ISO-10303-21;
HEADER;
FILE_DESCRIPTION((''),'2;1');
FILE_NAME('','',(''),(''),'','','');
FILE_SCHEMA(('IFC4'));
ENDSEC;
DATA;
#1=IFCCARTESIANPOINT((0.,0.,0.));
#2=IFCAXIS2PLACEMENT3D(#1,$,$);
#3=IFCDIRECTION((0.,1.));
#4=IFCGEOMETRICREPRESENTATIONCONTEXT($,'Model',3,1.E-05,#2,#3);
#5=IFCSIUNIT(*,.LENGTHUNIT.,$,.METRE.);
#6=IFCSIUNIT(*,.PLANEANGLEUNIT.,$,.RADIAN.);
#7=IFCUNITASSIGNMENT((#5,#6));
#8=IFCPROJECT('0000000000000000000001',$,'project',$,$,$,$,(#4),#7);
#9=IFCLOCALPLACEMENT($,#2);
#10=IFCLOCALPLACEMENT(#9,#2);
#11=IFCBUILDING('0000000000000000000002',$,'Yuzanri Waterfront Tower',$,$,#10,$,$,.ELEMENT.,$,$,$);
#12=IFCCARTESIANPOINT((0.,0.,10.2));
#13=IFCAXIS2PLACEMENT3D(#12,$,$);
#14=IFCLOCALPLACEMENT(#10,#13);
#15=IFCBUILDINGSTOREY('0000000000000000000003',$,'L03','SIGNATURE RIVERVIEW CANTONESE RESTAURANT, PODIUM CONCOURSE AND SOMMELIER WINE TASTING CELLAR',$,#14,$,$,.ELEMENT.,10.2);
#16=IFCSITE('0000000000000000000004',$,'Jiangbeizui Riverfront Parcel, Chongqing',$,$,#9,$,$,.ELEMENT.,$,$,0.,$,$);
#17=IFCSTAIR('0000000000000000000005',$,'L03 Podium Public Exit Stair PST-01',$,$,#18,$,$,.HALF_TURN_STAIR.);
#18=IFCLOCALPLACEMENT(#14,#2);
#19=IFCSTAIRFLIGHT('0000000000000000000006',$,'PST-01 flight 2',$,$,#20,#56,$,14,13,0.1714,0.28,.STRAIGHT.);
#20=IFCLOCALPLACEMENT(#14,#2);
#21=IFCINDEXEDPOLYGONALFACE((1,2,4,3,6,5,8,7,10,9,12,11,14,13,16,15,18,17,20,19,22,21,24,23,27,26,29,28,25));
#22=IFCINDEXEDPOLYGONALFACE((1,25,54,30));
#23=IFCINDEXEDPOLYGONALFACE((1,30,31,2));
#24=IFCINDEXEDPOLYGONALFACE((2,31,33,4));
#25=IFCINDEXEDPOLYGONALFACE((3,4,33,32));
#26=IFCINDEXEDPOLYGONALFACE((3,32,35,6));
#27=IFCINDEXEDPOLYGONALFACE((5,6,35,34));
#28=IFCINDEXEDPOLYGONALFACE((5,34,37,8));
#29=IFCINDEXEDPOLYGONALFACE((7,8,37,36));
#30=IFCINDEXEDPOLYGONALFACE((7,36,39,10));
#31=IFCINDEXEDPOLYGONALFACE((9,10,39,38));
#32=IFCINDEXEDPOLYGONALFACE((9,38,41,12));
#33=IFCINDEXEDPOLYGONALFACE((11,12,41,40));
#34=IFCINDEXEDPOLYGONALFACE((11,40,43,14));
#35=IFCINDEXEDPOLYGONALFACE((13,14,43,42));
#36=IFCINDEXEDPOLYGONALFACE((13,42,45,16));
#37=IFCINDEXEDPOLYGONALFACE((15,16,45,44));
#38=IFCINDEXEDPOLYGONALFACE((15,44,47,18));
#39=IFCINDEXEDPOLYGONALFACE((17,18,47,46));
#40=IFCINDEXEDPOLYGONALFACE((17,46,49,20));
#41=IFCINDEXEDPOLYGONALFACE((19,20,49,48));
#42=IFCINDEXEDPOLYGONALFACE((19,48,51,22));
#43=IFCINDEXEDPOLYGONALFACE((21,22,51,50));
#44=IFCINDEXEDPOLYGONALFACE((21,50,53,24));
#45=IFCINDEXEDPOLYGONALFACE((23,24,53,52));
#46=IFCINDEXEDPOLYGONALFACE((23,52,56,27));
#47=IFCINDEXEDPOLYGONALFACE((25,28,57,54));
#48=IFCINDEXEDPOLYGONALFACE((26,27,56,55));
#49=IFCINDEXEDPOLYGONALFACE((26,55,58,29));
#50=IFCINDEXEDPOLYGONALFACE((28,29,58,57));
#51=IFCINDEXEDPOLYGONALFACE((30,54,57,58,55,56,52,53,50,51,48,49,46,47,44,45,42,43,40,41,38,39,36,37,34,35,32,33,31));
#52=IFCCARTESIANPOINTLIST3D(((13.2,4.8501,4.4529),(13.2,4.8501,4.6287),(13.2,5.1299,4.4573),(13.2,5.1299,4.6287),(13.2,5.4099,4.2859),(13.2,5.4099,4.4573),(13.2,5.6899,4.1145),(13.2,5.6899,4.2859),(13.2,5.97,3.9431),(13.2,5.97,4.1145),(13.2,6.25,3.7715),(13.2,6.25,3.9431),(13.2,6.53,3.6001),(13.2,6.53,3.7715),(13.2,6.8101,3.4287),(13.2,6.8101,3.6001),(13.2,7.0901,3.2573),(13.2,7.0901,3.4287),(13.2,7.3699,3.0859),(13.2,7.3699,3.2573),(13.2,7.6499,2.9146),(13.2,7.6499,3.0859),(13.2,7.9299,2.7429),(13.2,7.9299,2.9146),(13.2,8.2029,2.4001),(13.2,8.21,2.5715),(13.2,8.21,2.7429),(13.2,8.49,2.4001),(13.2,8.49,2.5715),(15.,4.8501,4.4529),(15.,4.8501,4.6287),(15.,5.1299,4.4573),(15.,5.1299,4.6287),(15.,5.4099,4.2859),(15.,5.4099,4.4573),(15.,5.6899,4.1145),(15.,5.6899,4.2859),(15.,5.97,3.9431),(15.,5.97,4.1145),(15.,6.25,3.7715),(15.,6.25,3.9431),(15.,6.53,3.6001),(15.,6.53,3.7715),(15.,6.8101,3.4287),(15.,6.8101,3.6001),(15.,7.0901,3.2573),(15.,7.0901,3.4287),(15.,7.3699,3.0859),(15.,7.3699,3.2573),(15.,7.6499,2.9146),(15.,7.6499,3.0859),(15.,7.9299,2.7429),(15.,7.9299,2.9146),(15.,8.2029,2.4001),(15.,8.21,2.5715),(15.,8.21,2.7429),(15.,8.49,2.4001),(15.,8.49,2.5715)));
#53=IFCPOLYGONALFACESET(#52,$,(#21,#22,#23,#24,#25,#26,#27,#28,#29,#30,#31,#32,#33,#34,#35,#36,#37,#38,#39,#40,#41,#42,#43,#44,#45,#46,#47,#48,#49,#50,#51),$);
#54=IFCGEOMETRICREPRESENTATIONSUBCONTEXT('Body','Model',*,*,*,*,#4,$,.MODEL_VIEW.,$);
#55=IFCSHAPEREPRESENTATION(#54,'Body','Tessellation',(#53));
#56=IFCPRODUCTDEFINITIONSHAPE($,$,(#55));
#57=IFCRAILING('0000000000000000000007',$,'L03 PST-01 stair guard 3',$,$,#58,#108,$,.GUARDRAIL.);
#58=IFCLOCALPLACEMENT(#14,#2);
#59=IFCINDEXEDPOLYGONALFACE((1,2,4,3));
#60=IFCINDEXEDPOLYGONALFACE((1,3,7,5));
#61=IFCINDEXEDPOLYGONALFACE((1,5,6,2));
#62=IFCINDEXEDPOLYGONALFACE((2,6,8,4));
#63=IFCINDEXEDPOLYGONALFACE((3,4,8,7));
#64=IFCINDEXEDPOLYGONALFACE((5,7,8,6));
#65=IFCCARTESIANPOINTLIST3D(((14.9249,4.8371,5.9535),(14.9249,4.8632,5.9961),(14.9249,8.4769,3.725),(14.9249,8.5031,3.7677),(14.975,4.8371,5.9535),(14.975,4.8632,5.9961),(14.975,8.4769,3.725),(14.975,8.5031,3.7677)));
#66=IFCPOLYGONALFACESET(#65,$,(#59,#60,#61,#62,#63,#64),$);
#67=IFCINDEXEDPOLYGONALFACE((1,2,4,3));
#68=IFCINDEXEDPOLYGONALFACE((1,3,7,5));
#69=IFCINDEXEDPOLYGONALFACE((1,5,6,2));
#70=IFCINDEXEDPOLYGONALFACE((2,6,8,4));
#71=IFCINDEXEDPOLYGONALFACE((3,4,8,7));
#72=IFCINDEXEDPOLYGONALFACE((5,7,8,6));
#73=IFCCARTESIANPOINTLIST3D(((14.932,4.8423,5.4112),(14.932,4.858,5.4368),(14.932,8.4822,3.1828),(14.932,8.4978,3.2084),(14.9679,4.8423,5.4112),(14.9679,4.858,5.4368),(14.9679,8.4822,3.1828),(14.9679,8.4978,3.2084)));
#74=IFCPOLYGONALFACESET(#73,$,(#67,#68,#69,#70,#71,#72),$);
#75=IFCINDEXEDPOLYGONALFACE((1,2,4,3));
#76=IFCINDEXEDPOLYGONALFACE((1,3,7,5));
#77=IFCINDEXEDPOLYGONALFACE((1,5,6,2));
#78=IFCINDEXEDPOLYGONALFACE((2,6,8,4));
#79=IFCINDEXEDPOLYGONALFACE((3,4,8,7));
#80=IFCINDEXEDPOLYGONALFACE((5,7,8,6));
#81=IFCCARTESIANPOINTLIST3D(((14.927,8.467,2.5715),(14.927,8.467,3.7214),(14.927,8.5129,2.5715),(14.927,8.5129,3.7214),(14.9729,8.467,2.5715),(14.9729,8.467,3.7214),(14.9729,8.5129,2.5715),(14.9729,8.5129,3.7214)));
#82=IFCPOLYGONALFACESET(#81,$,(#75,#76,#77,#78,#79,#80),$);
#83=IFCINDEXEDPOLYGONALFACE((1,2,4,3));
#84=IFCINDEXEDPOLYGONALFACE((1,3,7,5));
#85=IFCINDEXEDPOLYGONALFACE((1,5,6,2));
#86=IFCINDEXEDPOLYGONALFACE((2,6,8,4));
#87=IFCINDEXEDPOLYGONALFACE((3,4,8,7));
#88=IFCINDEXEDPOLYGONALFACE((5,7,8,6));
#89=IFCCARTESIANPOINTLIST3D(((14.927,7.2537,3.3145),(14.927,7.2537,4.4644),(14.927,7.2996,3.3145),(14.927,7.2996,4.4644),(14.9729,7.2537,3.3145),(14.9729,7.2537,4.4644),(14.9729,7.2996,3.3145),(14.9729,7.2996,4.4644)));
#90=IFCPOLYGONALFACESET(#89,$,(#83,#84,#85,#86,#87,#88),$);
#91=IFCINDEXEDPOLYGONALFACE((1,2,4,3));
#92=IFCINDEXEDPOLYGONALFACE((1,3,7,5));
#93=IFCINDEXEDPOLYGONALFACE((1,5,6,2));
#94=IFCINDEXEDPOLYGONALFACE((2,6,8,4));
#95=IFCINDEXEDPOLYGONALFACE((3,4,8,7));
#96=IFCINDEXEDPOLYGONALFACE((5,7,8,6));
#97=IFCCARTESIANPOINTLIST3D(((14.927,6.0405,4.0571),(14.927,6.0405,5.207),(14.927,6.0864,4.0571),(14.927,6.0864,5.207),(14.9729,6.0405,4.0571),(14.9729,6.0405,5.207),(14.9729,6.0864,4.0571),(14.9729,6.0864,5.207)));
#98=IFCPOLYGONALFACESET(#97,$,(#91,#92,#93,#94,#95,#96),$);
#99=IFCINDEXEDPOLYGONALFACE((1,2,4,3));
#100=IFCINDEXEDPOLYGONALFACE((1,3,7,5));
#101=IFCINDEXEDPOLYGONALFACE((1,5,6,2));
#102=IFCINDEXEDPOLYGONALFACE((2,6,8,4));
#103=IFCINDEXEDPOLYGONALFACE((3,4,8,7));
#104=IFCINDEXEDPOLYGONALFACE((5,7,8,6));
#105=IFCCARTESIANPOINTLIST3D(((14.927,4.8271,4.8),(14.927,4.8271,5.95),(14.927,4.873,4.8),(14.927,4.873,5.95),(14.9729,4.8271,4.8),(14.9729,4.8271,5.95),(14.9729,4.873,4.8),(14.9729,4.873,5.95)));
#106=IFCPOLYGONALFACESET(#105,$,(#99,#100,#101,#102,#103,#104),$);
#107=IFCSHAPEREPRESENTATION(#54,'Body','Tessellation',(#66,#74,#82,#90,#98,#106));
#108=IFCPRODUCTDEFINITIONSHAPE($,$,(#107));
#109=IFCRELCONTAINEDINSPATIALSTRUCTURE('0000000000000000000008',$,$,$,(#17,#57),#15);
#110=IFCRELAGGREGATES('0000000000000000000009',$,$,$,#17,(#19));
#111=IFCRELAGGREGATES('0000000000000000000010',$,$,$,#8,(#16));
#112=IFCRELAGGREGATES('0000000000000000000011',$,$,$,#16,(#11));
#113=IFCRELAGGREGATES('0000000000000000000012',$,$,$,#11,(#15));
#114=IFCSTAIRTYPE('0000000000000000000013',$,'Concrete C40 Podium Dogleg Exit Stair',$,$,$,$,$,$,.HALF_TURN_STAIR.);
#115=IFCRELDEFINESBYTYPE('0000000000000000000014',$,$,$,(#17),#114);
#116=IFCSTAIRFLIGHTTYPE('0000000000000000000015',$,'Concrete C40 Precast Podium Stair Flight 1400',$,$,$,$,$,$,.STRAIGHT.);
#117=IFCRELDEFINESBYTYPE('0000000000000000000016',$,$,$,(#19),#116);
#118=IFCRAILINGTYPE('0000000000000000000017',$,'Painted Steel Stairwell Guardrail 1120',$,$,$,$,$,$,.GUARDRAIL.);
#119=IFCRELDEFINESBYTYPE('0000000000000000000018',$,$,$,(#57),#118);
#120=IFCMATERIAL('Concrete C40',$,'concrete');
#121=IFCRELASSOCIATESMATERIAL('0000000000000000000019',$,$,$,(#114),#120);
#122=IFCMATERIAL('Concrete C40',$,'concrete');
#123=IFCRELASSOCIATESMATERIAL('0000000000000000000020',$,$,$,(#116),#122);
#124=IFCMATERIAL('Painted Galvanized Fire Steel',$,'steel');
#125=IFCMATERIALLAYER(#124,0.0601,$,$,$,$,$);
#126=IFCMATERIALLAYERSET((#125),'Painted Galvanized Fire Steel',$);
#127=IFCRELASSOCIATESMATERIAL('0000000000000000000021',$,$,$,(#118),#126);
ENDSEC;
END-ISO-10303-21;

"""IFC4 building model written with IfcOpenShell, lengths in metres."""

from ifc_helpers import new_model, si_unit, direction, frame, origin, origin_2d, place, context, subcontext, project, spatial, polyline, rectangle, outline, extrude, source, transform, mapped, material, layer, layer_set, type_object, element, aggregate, save


model = new_model("IFC4")

# Units and contexts
model_context = context("Model", 3, precision=1e-05, world=origin(), true_north=direction((0.0, 1.0)))
body_context = subcontext(model_context, "Body", "Model", "MODEL_VIEW")
ifc_project = project(units=[si_unit("LENGTHUNIT", "METRE"), si_unit("PLANEANGLEUNIT", "RADIAN")], contexts=[model_context])

# Site, building, storey
site_placement = place(None, origin())
site = spatial("IfcSite", under=ifc_project, at=site_placement, Name="Jiangbeizui Riverfront Parcel, Chongqing", CompositionType="ELEMENT", RefElevation=0.0)
building_placement = place(site_placement, origin())
building = spatial("IfcBuilding", under=site, at=building_placement, Name="Yuzanri Waterfront Tower", CompositionType="ELEMENT")
storey_placement = place(building_placement, frame((0.0, 0.0, 10.2)))
storey = spatial("IfcBuildingStorey", under=building, at=storey_placement, Name="L03", Description="SIGNATURE RIVERVIEW CANTONESE RESTAURANT, PODIUM CONCOURSE AND SOMMELIER WINE TASTING CELLAR", CompositionType="ELEMENT", Elevation=10.2)

# Stair, stair flight
ifc_material_1 = material(Name="Concrete C40", Category="concrete")
stair_type = type_object("IfcStairType", Name="Concrete C40 Podium Dogleg Exit Stair", PredefinedType="HALF_TURN_STAIR", material=ifc_material_1)
stair_placement = place(storey_placement, origin())
stair = element("IfcStair", 1, at=stair_placement, inside=storey, type_object=stair_type, Name="L03 Podium Public Exit Stair PST-01", PredefinedType="HALF_TURN_STAIR")
ifc_material_2 = material(Name="Concrete C40", Category="concrete")
stair_flight_type = type_object("IfcStairFlightType", Name="Concrete C40 Precast Podium Stair Flight 1400", PredefinedType="STRAIGHT", material=ifc_material_2)
shared_shape_1 = source(origin(), body_context, "Body", "SweptSolid", [
    extrude(outline(polyline([(0.0, 0.0), (0.0, 0.1714), (0.28, 0.1714), (0.28, 0.3428), (0.5601, 0.3428), (0.5601, 0.5144), (0.8401, 0.5144), (0.8401, 0.6858), (1.1201, 0.6858), (1.1201, 0.8572), (1.3999, 0.8572), (1.3999, 1.0286), (1.6799, 1.0286), (1.6799, 1.2), (1.96, 1.2), (1.96, 1.3713), (2.24, 1.3713), (2.24, 1.543), (2.52, 1.543), (2.52, 1.7144), (2.8, 1.7144), (2.8, 1.8857), (3.0801, 1.8857), (3.0801, 2.0571), (3.3601, 2.0571), (3.3601, 2.2285), (3.6399, 2.2285), (3.6399, 2.3999), (3.6399, 2.0527), (0.2871, 0.0), (0.0, 0.0)])), frame((0.0, 0.8999, 0.0), z_axis=(0.0, -1.0, 0.0), x_axis=(1.0, 0.0, 0.0)), (0.0, 0.0, 1.0), 1.8),
])
stair_flight_placement = place(storey_placement, frame((14.1001, 8.49, 2.4001), z_axis=(0.0, 0.0, 1.0), x_axis=(0.0, -1.0, 0.0)))
stair_flight = element("IfcStairFlight", 2, at=stair_flight_placement, type_object=stair_flight_type, Name="PST-01 flight 2", NumberOfRisers=14, NumberOfTreads=13, PredefinedType="STRAIGHT", RiserHeight=0.1714, TreadLength=0.28, context=body_context, shape_type="MappedRepresentation", body=[
    mapped(shared_shape_1, transform((0.0, 0.0, 0.0), scale=1.0)),
])
aggregate(stair, [stair_flight])

# Railing
ifc_material_3 = material(Name="Painted Galvanized Fire Steel", Category="steel")
ifc_layer_1 = layer(ifc_material_3, 0.0601)
ifc_layer_set_1 = layer_set([ifc_layer_1], Name="Painted Galvanized Fire Steel")
railing_type = type_object("IfcRailingType", Name="Painted Steel Stairwell Guardrail 1120", PredefinedType="GUARDRAIL", material=ifc_layer_set_1)
shared_shape_2 = source(origin(), body_context, "Body", "SweptSolid", [
    extrude(rectangle(XDim=0.05, YDim=0.05, at=origin_2d()), frame((0.0, 0.0, 1.1748), z_axis=(0.0, -0.85285, 0.522156), x_axis=(1.0, 0.0, 0.0)), (0.0, 0.0, 1.0), 4.2678),
    extrude(rectangle(XDim=0.0359, YDim=0.03, at=origin_2d()), frame((0.0, 0.0, 0.624), z_axis=(0.0, -0.85285, 0.522156), x_axis=(1.0, 0.0, 0.0)), (0.0, 0.0, 1.0), 4.2678),
    extrude(rectangle(XDim=0.0459, YDim=0.0459, at=origin_2d()), origin(), (0.0, 0.0, 1.0), 1.1499),
    extrude(rectangle(XDim=0.0459, YDim=0.0459, at=origin_2d()), frame((0.0, -1.2134, 0.7429)), (0.0, 0.0, 1.0), 1.1499),
    extrude(rectangle(XDim=0.0459, YDim=0.0459, at=origin_2d()), frame((0.0, -2.4265, 1.4856)), (0.0, 0.0, 1.0), 1.1499),
    extrude(rectangle(XDim=0.0459, YDim=0.0459, at=origin_2d()), frame((0.0, -3.6399, 2.2285)), (0.0, 0.0, 1.0), 1.1499),
])
railing_placement = place(storey_placement, frame((14.95, 8.49, 2.5715)))
element("IfcRailing", 3, at=railing_placement, inside=storey, type_object=railing_type, Name="L03 PST-01 stair guard 3", PredefinedType="GUARDRAIL", context=body_context, shape_type="MappedRepresentation", body=[
    mapped(shared_shape_2, transform((0.0, 0.0, 0.0), scale=1.0)),
])

save(model, "model.ifc")
